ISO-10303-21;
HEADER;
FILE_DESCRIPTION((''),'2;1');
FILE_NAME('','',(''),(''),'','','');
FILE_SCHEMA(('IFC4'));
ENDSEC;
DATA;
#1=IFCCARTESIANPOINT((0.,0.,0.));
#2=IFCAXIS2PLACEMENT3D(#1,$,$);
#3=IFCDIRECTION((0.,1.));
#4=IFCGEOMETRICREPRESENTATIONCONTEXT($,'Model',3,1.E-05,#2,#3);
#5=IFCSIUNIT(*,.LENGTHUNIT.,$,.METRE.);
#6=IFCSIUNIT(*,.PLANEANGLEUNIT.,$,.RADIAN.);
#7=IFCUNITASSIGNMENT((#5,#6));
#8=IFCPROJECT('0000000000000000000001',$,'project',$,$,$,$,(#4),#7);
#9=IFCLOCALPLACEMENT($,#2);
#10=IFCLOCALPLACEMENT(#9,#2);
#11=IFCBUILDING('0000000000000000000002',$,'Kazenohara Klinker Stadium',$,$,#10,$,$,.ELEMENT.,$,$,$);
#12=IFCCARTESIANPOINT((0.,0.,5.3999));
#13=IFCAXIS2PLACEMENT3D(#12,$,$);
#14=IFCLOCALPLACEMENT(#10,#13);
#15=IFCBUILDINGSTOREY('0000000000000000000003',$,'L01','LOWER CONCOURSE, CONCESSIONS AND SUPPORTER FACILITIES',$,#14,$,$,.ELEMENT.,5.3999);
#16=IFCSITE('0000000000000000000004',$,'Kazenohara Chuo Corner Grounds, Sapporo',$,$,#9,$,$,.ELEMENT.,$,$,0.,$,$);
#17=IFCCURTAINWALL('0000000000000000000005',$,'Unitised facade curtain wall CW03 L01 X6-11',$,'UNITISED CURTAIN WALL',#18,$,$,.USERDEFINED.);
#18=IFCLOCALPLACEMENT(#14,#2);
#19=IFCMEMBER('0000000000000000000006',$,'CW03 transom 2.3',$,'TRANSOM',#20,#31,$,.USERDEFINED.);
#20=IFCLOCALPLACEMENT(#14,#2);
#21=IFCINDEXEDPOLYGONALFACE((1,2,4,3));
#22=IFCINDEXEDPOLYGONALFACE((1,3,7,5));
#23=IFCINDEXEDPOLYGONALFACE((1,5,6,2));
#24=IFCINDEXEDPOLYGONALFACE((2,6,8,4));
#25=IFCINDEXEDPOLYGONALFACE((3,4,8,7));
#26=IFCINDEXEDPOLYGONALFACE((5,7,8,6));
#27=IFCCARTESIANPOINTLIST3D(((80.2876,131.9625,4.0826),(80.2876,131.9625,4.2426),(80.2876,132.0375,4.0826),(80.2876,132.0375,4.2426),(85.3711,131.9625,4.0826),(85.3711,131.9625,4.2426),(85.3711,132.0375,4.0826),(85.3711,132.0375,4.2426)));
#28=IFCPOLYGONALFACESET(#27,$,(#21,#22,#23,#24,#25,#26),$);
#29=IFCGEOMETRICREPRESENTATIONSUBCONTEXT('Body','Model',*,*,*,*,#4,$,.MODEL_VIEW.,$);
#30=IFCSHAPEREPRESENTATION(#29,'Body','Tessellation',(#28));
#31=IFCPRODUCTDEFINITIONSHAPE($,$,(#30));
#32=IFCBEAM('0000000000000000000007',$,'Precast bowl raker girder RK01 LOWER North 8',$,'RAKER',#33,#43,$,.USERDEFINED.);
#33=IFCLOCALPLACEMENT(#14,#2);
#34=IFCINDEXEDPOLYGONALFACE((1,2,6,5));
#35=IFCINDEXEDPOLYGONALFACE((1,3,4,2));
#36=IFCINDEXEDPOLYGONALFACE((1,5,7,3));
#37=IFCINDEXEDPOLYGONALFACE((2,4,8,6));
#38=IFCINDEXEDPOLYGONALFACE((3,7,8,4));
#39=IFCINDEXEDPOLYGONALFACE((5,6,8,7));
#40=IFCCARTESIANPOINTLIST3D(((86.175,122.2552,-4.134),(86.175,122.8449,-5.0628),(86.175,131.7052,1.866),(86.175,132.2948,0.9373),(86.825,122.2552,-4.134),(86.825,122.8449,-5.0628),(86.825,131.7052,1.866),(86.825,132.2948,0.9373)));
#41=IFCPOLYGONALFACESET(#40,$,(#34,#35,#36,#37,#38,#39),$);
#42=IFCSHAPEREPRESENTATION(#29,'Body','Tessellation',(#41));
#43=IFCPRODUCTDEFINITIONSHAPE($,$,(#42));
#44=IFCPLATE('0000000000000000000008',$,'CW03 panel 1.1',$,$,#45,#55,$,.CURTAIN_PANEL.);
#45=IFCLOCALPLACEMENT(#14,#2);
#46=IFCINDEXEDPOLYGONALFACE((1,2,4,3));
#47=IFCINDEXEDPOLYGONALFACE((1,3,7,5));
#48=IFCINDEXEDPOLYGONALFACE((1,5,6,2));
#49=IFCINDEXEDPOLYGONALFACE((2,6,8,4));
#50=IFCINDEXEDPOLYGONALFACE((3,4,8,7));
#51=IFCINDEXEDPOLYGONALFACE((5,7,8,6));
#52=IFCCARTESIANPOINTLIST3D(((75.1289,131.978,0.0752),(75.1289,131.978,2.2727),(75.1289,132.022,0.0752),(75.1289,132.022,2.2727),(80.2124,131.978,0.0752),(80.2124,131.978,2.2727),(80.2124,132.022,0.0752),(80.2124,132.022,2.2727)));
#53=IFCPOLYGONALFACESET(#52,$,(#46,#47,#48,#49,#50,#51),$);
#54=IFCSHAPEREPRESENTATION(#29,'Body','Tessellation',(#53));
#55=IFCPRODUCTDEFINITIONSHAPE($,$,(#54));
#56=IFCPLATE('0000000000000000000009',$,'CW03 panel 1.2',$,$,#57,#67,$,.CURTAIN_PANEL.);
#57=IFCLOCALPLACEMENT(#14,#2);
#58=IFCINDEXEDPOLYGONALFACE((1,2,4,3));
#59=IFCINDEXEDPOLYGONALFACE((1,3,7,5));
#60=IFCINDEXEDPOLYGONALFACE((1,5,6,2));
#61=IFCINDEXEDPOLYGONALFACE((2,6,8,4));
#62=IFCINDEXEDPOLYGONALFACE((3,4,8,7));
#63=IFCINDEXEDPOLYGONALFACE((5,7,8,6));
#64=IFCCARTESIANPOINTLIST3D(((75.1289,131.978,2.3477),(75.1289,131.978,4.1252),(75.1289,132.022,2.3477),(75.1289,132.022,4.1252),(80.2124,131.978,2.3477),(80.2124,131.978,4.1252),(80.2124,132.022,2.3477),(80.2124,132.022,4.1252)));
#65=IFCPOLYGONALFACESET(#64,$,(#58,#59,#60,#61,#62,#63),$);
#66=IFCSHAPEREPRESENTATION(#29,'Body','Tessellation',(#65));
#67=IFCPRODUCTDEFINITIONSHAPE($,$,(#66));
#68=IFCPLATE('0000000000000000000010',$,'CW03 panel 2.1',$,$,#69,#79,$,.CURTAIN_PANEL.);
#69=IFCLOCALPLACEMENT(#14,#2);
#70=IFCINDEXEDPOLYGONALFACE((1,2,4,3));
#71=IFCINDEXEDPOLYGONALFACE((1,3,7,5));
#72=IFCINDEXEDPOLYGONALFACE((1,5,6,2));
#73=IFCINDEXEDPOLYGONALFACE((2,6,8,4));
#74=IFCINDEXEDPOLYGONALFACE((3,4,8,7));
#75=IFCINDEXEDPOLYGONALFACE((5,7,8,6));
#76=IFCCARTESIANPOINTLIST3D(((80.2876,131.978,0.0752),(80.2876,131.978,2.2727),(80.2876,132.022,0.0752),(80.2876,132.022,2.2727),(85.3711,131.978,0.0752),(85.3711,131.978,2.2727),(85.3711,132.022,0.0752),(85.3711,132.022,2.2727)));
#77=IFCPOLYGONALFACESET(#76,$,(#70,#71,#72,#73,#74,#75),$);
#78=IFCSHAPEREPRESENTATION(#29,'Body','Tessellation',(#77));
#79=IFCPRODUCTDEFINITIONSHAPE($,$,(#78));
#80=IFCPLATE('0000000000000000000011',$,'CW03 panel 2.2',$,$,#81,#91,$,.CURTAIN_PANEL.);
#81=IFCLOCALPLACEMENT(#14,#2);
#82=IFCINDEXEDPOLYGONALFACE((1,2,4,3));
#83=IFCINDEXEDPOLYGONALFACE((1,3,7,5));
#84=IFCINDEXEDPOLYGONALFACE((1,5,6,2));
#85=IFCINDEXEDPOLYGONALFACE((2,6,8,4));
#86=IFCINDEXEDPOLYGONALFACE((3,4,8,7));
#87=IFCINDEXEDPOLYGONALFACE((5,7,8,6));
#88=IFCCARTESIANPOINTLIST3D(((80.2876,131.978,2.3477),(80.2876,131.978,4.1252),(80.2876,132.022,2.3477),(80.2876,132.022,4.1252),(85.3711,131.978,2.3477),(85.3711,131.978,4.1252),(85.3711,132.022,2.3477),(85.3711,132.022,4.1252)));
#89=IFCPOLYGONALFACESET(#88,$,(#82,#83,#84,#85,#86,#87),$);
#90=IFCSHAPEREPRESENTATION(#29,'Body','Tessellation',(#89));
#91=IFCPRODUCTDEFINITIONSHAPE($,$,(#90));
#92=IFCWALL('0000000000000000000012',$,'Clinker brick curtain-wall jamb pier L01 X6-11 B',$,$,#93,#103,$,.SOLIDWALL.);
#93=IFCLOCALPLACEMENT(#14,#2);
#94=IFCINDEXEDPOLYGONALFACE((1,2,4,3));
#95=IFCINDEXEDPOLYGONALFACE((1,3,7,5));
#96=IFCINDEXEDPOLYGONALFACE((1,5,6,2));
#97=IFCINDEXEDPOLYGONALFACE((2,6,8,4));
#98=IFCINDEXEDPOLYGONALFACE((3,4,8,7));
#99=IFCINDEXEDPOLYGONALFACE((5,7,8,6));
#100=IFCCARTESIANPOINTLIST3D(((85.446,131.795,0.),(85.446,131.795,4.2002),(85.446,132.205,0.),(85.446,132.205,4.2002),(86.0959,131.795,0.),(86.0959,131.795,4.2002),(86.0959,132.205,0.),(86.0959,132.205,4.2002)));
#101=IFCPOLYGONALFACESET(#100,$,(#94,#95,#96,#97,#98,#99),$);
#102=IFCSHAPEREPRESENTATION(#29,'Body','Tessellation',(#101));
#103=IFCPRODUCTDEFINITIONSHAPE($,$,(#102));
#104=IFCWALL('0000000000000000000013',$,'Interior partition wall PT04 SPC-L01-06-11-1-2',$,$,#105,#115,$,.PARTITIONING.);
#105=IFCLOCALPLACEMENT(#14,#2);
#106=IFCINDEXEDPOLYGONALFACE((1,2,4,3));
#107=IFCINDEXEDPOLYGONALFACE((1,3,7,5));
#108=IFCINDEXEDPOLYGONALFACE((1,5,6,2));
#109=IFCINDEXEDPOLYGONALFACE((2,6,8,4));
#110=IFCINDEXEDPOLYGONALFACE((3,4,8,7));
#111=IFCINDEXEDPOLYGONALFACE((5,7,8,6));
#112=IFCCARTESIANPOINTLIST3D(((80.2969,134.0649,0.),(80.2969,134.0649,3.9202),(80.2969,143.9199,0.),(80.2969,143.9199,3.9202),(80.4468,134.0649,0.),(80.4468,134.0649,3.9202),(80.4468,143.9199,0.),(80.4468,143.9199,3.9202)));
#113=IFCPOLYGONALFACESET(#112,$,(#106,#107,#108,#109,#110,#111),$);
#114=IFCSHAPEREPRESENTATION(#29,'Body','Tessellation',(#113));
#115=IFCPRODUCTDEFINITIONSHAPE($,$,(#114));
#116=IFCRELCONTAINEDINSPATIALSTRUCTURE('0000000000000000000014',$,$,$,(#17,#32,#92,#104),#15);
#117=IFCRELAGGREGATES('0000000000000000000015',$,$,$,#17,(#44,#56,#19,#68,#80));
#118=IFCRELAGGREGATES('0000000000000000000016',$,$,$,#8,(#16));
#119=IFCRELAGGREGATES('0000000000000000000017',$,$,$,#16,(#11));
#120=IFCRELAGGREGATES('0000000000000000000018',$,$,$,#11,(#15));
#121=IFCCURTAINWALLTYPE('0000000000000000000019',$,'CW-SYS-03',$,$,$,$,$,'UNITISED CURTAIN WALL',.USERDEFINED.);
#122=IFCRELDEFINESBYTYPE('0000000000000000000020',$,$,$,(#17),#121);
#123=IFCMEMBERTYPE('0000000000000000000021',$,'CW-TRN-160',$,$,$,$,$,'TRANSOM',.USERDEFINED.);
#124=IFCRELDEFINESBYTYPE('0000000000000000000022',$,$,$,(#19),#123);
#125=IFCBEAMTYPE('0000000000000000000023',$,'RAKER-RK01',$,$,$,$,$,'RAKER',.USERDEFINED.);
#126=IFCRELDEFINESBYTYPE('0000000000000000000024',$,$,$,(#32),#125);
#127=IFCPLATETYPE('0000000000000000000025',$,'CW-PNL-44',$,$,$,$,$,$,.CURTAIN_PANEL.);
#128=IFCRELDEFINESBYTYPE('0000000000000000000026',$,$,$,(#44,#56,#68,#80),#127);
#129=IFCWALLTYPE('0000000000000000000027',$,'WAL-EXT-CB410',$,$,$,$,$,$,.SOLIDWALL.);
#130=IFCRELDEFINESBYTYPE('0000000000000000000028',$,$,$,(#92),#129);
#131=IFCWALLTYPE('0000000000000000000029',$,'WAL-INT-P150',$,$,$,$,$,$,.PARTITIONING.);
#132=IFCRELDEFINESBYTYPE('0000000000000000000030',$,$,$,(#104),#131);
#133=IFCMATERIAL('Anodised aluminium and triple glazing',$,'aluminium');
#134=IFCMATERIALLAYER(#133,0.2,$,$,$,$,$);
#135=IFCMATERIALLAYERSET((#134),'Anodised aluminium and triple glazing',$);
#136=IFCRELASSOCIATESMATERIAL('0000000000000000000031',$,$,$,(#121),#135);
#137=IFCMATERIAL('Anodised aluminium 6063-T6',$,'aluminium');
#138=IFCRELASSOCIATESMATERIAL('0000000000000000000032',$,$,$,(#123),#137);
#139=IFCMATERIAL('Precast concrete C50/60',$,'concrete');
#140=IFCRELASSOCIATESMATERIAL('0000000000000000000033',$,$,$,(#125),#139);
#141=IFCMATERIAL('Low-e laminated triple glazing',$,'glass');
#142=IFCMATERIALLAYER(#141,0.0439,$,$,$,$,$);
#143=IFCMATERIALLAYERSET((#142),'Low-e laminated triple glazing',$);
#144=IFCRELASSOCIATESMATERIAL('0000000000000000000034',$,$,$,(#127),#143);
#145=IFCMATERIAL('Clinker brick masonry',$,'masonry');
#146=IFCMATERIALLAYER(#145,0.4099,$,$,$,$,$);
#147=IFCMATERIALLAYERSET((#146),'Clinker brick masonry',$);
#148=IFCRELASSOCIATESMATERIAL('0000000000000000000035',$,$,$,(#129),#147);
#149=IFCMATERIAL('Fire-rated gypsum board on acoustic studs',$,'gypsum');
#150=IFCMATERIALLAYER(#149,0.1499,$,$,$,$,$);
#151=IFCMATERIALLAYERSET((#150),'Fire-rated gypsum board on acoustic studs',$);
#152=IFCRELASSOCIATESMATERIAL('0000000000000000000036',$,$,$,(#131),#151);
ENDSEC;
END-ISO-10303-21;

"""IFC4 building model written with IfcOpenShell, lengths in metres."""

from ifc_helpers import new_model, si_unit, direction, frame, frame_2d, origin, origin_2d, place, context, subcontext, project, spatial, rectangle, extrude, material, layer, layer_set, material_profile, profile_set, type_object, element, aggregate, save


model = new_model("IFC4")

# Units and contexts
model_context = context("Model", 3, precision=1e-05, world=origin(), true_north=direction((0.0, 1.0)))
body_context = subcontext(model_context, "Body", "Model", "MODEL_VIEW")
ifc_project = project(units=[si_unit("LENGTHUNIT", "METRE"), si_unit("PLANEANGLEUNIT", "RADIAN")], contexts=[model_context])

# Site, building, storey
site_placement = place(None, origin())
site = spatial("IfcSite", under=ifc_project, at=site_placement, Name="Kazenohara Chuo Corner Grounds, Sapporo", CompositionType="ELEMENT", RefElevation=0.0)
building_placement = place(site_placement, origin())
building = spatial("IfcBuilding", under=site, at=building_placement, Name="Kazenohara Klinker Stadium", CompositionType="ELEMENT")
storey_placement = place(building_placement, frame((0.0, 0.0, 5.3999)))
storey = spatial("IfcBuildingStorey", under=building, at=storey_placement, Name="L01", Description="LOWER CONCOURSE, CONCESSIONS AND SUPPORTER FACILITIES", CompositionType="ELEMENT", Elevation=5.3999)

# Curtain wall, member
ifc_material_1 = material(Name="Anodised aluminium and triple glazing", Category="aluminium")
ifc_layer_1 = layer(ifc_material_1, 0.2)
ifc_layer_set_1 = layer_set([ifc_layer_1], Name="Anodised aluminium and triple glazing")
curtain_wall_type = type_object("IfcCurtainWallType", Name="CW-SYS-03", ElementType="UNITISED CURTAIN WALL", PredefinedType="USERDEFINED", material=ifc_layer_set_1)
curtain_wall_placement = place(storey_placement, origin())
curtain_wall = element("IfcCurtainWall", 1, at=curtain_wall_placement, inside=storey, type_object=curtain_wall_type, Name="Unitised facade curtain wall CW03 L01 X6-11", ObjectType="UNITISED CURTAIN WALL", PredefinedType="USERDEFINED")
ifc_material_2 = material(Name="Anodised aluminium 6063-T6", Category="aluminium")
ifc_material_profile_1 = material_profile(ifc_material_2, rectangle(XDim=0.075, YDim=0.1599, at=origin_2d()), Name="ALU-TRN-75x160")
ifc_profile_set_1 = profile_set([ifc_material_profile_1], Name="Anodised aluminium 6063-T6")
member_type_1 = type_object("IfcMemberType", Name="CW-TRN-160", ElementType="TRANSOM", PredefinedType="USERDEFINED", material=ifc_profile_set_1)
member_1_placement = place(storey_placement, frame((80.2876, 132.0, 4.1626), z_axis=(1.0, 0.0, 0.0), x_axis=(0.0, 1.0, 0.0)))
member_1 = element("IfcMember", 2, at=member_1_placement, type_object=member_type_1, Name="CW03 transom 2.3", ObjectType="TRANSOM", PredefinedType="USERDEFINED", context=body_context, shape_type="SweptSolid", body=[
    extrude(rectangle(XDim=0.075, YDim=0.1599, at=origin_2d()), origin(), (0.0, 0.0, 1.0), 5.0835),
])

# Beam
ifc_material_3 = material(Name="Precast concrete C50/60", Category="concrete")
ifc_material_profile_2 = material_profile(ifc_material_3, rectangle(XDim=0.6499, YDim=1.1001, at=origin_2d()), Name="PC-RAKER-650x1100")
ifc_profile_set_2 = profile_set([ifc_material_profile_2], Name="Precast concrete C50/60")
beam_type_1 = type_object("IfcBeamType", Name="RAKER-RK01", ElementType="RAKER", PredefinedType="USERDEFINED", material=ifc_profile_set_2)
beam_1_placement = place(storey_placement, frame((86.5, 132.0, 1.4016), z_axis=(0.0, -0.844212, -0.53601), x_axis=(1.0, 0.0, 0.0)))
element("IfcBeam", 3, at=beam_1_placement, inside=storey, type_object=beam_type_1, Name="Precast bowl raker girder RK01 LOWER North 8", ObjectType="RAKER", PredefinedType="USERDEFINED", context=body_context, shape_type="SweptSolid", body=[
    extrude(rectangle(XDim=0.6499, YDim=1.1001, at=origin_2d()), origin(), (0.0, 0.0, 1.0), 11.1938),
])

# Plates
ifc_material_4 = material(Name="Low-e laminated triple glazing", Category="glass")
ifc_layer_2 = layer(ifc_material_4, 0.0439)
ifc_layer_set_2 = layer_set([ifc_layer_2], Name="Low-e laminated triple glazing")
plate_type = type_object("IfcPlateType", Name="CW-PNL-44", PredefinedType="CURTAIN_PANEL", material=ifc_layer_set_2)
plate_1_placement = place(storey_placement, frame((77.6707, 132.0, 0.0752), z_axis=(0.0, 0.0, 1.0), x_axis=(1.0, 0.0, 0.0)))
plate_1 = element("IfcPlate", 4, at=plate_1_placement, type_object=plate_type, Name="CW03 panel 1.1", PredefinedType="CURTAIN_PANEL", context=body_context, shape_type="SweptSolid", body=[
    extrude(rectangle(XDim=5.0835, YDim=0.0439, at=origin_2d()), origin(), (0.0, 0.0, 1.0), 2.1975),
])
plate_2_placement = place(storey_placement, frame((77.6707, 132.0, 2.3477), z_axis=(0.0, 0.0, 1.0), x_axis=(1.0, 0.0, 0.0)))
plate_2 = element("IfcPlate", 5, at=plate_2_placement, type_object=plate_type, Name="CW03 panel 1.2", PredefinedType="CURTAIN_PANEL", context=body_context, shape_type="SweptSolid", body=[
    extrude(rectangle(XDim=5.0835, YDim=0.0439, at=origin_2d()), origin(), (0.0, 0.0, 1.0), 1.7776),
])
plate_3_placement = place(storey_placement, frame((82.8293, 132.0, 0.0752), z_axis=(0.0, 0.0, 1.0), x_axis=(1.0, 0.0, 0.0)))
plate_3 = element("IfcPlate", 6, at=plate_3_placement, type_object=plate_type, Name="CW03 panel 2.1", PredefinedType="CURTAIN_PANEL", context=body_context, shape_type="SweptSolid", body=[
    extrude(rectangle(XDim=5.0835, YDim=0.0439, at=origin_2d()), origin(), (0.0, 0.0, 1.0), 2.1975),
])
plate_4_placement = place(storey_placement, frame((82.8293, 132.0, 2.3477), z_axis=(0.0, 0.0, 1.0), x_axis=(1.0, 0.0, 0.0)))
plate_4 = element("IfcPlate", 7, at=plate_4_placement, type_object=plate_type, Name="CW03 panel 2.2", PredefinedType="CURTAIN_PANEL", context=body_context, shape_type="SweptSolid", body=[
    extrude(rectangle(XDim=5.0835, YDim=0.0439, at=origin_2d()), origin(), (0.0, 0.0, 1.0), 1.7776),
])
aggregate(curtain_wall, [plate_1, plate_2, member_1, plate_3, plate_4])

# Walls
ifc_material_5 = material(Name="Clinker brick masonry", Category="masonry")
ifc_layer_3 = layer(ifc_material_5, 0.4099)
ifc_layer_set_3 = layer_set([ifc_layer_3], Name="Clinker brick masonry")
wall_type_1 = type_object("IfcWallType", Name="WAL-EXT-CB410", PredefinedType="SOLIDWALL", material=ifc_layer_set_3)
wall_1_placement = place(storey_placement, frame((85.446, 132.0, 0.0), z_axis=(0.0, 0.0, 1.0), x_axis=(1.0, 0.0, 0.0)))
element("IfcWall", 8, at=wall_1_placement, inside=storey, type_object=wall_type_1, Name="Clinker brick curtain-wall jamb pier L01 X6-11 B", PredefinedType="SOLIDWALL", context=body_context, shape_type="SweptSolid", body=[
    extrude(rectangle(XDim=0.6499, YDim=0.4099, at=frame_2d((0.325, 0.0))), origin(), (0.0, 0.0, 1.0), 4.2002),
])
ifc_material_6 = material(Name="Fire-rated gypsum board on acoustic studs", Category="gypsum")
ifc_layer_4 = layer(ifc_material_6, 0.1499)
ifc_layer_set_4 = layer_set([ifc_layer_4], Name="Fire-rated gypsum board on acoustic studs")
wall_type_2 = type_object("IfcWallType", Name="WAL-INT-P150", PredefinedType="PARTITIONING", material=ifc_layer_set_4)
wall_2_placement = place(storey_placement, frame((80.3718, 134.0649, 0.0), z_axis=(0.0, 0.0, 1.0), x_axis=(0.0, 1.0, 0.0)))
element("IfcWall", 9, at=wall_2_placement, inside=storey, type_object=wall_type_2, Name="Interior partition wall PT04 SPC-L01-06-11-1-2", PredefinedType="PARTITIONING", context=body_context, shape_type="SweptSolid", body=[
    extrude(rectangle(XDim=9.855, YDim=0.1499, at=frame_2d((4.9275, 0.0))), origin(), (0.0, 0.0, 1.0), 3.9202),
])

save(model, "model.ifc")
